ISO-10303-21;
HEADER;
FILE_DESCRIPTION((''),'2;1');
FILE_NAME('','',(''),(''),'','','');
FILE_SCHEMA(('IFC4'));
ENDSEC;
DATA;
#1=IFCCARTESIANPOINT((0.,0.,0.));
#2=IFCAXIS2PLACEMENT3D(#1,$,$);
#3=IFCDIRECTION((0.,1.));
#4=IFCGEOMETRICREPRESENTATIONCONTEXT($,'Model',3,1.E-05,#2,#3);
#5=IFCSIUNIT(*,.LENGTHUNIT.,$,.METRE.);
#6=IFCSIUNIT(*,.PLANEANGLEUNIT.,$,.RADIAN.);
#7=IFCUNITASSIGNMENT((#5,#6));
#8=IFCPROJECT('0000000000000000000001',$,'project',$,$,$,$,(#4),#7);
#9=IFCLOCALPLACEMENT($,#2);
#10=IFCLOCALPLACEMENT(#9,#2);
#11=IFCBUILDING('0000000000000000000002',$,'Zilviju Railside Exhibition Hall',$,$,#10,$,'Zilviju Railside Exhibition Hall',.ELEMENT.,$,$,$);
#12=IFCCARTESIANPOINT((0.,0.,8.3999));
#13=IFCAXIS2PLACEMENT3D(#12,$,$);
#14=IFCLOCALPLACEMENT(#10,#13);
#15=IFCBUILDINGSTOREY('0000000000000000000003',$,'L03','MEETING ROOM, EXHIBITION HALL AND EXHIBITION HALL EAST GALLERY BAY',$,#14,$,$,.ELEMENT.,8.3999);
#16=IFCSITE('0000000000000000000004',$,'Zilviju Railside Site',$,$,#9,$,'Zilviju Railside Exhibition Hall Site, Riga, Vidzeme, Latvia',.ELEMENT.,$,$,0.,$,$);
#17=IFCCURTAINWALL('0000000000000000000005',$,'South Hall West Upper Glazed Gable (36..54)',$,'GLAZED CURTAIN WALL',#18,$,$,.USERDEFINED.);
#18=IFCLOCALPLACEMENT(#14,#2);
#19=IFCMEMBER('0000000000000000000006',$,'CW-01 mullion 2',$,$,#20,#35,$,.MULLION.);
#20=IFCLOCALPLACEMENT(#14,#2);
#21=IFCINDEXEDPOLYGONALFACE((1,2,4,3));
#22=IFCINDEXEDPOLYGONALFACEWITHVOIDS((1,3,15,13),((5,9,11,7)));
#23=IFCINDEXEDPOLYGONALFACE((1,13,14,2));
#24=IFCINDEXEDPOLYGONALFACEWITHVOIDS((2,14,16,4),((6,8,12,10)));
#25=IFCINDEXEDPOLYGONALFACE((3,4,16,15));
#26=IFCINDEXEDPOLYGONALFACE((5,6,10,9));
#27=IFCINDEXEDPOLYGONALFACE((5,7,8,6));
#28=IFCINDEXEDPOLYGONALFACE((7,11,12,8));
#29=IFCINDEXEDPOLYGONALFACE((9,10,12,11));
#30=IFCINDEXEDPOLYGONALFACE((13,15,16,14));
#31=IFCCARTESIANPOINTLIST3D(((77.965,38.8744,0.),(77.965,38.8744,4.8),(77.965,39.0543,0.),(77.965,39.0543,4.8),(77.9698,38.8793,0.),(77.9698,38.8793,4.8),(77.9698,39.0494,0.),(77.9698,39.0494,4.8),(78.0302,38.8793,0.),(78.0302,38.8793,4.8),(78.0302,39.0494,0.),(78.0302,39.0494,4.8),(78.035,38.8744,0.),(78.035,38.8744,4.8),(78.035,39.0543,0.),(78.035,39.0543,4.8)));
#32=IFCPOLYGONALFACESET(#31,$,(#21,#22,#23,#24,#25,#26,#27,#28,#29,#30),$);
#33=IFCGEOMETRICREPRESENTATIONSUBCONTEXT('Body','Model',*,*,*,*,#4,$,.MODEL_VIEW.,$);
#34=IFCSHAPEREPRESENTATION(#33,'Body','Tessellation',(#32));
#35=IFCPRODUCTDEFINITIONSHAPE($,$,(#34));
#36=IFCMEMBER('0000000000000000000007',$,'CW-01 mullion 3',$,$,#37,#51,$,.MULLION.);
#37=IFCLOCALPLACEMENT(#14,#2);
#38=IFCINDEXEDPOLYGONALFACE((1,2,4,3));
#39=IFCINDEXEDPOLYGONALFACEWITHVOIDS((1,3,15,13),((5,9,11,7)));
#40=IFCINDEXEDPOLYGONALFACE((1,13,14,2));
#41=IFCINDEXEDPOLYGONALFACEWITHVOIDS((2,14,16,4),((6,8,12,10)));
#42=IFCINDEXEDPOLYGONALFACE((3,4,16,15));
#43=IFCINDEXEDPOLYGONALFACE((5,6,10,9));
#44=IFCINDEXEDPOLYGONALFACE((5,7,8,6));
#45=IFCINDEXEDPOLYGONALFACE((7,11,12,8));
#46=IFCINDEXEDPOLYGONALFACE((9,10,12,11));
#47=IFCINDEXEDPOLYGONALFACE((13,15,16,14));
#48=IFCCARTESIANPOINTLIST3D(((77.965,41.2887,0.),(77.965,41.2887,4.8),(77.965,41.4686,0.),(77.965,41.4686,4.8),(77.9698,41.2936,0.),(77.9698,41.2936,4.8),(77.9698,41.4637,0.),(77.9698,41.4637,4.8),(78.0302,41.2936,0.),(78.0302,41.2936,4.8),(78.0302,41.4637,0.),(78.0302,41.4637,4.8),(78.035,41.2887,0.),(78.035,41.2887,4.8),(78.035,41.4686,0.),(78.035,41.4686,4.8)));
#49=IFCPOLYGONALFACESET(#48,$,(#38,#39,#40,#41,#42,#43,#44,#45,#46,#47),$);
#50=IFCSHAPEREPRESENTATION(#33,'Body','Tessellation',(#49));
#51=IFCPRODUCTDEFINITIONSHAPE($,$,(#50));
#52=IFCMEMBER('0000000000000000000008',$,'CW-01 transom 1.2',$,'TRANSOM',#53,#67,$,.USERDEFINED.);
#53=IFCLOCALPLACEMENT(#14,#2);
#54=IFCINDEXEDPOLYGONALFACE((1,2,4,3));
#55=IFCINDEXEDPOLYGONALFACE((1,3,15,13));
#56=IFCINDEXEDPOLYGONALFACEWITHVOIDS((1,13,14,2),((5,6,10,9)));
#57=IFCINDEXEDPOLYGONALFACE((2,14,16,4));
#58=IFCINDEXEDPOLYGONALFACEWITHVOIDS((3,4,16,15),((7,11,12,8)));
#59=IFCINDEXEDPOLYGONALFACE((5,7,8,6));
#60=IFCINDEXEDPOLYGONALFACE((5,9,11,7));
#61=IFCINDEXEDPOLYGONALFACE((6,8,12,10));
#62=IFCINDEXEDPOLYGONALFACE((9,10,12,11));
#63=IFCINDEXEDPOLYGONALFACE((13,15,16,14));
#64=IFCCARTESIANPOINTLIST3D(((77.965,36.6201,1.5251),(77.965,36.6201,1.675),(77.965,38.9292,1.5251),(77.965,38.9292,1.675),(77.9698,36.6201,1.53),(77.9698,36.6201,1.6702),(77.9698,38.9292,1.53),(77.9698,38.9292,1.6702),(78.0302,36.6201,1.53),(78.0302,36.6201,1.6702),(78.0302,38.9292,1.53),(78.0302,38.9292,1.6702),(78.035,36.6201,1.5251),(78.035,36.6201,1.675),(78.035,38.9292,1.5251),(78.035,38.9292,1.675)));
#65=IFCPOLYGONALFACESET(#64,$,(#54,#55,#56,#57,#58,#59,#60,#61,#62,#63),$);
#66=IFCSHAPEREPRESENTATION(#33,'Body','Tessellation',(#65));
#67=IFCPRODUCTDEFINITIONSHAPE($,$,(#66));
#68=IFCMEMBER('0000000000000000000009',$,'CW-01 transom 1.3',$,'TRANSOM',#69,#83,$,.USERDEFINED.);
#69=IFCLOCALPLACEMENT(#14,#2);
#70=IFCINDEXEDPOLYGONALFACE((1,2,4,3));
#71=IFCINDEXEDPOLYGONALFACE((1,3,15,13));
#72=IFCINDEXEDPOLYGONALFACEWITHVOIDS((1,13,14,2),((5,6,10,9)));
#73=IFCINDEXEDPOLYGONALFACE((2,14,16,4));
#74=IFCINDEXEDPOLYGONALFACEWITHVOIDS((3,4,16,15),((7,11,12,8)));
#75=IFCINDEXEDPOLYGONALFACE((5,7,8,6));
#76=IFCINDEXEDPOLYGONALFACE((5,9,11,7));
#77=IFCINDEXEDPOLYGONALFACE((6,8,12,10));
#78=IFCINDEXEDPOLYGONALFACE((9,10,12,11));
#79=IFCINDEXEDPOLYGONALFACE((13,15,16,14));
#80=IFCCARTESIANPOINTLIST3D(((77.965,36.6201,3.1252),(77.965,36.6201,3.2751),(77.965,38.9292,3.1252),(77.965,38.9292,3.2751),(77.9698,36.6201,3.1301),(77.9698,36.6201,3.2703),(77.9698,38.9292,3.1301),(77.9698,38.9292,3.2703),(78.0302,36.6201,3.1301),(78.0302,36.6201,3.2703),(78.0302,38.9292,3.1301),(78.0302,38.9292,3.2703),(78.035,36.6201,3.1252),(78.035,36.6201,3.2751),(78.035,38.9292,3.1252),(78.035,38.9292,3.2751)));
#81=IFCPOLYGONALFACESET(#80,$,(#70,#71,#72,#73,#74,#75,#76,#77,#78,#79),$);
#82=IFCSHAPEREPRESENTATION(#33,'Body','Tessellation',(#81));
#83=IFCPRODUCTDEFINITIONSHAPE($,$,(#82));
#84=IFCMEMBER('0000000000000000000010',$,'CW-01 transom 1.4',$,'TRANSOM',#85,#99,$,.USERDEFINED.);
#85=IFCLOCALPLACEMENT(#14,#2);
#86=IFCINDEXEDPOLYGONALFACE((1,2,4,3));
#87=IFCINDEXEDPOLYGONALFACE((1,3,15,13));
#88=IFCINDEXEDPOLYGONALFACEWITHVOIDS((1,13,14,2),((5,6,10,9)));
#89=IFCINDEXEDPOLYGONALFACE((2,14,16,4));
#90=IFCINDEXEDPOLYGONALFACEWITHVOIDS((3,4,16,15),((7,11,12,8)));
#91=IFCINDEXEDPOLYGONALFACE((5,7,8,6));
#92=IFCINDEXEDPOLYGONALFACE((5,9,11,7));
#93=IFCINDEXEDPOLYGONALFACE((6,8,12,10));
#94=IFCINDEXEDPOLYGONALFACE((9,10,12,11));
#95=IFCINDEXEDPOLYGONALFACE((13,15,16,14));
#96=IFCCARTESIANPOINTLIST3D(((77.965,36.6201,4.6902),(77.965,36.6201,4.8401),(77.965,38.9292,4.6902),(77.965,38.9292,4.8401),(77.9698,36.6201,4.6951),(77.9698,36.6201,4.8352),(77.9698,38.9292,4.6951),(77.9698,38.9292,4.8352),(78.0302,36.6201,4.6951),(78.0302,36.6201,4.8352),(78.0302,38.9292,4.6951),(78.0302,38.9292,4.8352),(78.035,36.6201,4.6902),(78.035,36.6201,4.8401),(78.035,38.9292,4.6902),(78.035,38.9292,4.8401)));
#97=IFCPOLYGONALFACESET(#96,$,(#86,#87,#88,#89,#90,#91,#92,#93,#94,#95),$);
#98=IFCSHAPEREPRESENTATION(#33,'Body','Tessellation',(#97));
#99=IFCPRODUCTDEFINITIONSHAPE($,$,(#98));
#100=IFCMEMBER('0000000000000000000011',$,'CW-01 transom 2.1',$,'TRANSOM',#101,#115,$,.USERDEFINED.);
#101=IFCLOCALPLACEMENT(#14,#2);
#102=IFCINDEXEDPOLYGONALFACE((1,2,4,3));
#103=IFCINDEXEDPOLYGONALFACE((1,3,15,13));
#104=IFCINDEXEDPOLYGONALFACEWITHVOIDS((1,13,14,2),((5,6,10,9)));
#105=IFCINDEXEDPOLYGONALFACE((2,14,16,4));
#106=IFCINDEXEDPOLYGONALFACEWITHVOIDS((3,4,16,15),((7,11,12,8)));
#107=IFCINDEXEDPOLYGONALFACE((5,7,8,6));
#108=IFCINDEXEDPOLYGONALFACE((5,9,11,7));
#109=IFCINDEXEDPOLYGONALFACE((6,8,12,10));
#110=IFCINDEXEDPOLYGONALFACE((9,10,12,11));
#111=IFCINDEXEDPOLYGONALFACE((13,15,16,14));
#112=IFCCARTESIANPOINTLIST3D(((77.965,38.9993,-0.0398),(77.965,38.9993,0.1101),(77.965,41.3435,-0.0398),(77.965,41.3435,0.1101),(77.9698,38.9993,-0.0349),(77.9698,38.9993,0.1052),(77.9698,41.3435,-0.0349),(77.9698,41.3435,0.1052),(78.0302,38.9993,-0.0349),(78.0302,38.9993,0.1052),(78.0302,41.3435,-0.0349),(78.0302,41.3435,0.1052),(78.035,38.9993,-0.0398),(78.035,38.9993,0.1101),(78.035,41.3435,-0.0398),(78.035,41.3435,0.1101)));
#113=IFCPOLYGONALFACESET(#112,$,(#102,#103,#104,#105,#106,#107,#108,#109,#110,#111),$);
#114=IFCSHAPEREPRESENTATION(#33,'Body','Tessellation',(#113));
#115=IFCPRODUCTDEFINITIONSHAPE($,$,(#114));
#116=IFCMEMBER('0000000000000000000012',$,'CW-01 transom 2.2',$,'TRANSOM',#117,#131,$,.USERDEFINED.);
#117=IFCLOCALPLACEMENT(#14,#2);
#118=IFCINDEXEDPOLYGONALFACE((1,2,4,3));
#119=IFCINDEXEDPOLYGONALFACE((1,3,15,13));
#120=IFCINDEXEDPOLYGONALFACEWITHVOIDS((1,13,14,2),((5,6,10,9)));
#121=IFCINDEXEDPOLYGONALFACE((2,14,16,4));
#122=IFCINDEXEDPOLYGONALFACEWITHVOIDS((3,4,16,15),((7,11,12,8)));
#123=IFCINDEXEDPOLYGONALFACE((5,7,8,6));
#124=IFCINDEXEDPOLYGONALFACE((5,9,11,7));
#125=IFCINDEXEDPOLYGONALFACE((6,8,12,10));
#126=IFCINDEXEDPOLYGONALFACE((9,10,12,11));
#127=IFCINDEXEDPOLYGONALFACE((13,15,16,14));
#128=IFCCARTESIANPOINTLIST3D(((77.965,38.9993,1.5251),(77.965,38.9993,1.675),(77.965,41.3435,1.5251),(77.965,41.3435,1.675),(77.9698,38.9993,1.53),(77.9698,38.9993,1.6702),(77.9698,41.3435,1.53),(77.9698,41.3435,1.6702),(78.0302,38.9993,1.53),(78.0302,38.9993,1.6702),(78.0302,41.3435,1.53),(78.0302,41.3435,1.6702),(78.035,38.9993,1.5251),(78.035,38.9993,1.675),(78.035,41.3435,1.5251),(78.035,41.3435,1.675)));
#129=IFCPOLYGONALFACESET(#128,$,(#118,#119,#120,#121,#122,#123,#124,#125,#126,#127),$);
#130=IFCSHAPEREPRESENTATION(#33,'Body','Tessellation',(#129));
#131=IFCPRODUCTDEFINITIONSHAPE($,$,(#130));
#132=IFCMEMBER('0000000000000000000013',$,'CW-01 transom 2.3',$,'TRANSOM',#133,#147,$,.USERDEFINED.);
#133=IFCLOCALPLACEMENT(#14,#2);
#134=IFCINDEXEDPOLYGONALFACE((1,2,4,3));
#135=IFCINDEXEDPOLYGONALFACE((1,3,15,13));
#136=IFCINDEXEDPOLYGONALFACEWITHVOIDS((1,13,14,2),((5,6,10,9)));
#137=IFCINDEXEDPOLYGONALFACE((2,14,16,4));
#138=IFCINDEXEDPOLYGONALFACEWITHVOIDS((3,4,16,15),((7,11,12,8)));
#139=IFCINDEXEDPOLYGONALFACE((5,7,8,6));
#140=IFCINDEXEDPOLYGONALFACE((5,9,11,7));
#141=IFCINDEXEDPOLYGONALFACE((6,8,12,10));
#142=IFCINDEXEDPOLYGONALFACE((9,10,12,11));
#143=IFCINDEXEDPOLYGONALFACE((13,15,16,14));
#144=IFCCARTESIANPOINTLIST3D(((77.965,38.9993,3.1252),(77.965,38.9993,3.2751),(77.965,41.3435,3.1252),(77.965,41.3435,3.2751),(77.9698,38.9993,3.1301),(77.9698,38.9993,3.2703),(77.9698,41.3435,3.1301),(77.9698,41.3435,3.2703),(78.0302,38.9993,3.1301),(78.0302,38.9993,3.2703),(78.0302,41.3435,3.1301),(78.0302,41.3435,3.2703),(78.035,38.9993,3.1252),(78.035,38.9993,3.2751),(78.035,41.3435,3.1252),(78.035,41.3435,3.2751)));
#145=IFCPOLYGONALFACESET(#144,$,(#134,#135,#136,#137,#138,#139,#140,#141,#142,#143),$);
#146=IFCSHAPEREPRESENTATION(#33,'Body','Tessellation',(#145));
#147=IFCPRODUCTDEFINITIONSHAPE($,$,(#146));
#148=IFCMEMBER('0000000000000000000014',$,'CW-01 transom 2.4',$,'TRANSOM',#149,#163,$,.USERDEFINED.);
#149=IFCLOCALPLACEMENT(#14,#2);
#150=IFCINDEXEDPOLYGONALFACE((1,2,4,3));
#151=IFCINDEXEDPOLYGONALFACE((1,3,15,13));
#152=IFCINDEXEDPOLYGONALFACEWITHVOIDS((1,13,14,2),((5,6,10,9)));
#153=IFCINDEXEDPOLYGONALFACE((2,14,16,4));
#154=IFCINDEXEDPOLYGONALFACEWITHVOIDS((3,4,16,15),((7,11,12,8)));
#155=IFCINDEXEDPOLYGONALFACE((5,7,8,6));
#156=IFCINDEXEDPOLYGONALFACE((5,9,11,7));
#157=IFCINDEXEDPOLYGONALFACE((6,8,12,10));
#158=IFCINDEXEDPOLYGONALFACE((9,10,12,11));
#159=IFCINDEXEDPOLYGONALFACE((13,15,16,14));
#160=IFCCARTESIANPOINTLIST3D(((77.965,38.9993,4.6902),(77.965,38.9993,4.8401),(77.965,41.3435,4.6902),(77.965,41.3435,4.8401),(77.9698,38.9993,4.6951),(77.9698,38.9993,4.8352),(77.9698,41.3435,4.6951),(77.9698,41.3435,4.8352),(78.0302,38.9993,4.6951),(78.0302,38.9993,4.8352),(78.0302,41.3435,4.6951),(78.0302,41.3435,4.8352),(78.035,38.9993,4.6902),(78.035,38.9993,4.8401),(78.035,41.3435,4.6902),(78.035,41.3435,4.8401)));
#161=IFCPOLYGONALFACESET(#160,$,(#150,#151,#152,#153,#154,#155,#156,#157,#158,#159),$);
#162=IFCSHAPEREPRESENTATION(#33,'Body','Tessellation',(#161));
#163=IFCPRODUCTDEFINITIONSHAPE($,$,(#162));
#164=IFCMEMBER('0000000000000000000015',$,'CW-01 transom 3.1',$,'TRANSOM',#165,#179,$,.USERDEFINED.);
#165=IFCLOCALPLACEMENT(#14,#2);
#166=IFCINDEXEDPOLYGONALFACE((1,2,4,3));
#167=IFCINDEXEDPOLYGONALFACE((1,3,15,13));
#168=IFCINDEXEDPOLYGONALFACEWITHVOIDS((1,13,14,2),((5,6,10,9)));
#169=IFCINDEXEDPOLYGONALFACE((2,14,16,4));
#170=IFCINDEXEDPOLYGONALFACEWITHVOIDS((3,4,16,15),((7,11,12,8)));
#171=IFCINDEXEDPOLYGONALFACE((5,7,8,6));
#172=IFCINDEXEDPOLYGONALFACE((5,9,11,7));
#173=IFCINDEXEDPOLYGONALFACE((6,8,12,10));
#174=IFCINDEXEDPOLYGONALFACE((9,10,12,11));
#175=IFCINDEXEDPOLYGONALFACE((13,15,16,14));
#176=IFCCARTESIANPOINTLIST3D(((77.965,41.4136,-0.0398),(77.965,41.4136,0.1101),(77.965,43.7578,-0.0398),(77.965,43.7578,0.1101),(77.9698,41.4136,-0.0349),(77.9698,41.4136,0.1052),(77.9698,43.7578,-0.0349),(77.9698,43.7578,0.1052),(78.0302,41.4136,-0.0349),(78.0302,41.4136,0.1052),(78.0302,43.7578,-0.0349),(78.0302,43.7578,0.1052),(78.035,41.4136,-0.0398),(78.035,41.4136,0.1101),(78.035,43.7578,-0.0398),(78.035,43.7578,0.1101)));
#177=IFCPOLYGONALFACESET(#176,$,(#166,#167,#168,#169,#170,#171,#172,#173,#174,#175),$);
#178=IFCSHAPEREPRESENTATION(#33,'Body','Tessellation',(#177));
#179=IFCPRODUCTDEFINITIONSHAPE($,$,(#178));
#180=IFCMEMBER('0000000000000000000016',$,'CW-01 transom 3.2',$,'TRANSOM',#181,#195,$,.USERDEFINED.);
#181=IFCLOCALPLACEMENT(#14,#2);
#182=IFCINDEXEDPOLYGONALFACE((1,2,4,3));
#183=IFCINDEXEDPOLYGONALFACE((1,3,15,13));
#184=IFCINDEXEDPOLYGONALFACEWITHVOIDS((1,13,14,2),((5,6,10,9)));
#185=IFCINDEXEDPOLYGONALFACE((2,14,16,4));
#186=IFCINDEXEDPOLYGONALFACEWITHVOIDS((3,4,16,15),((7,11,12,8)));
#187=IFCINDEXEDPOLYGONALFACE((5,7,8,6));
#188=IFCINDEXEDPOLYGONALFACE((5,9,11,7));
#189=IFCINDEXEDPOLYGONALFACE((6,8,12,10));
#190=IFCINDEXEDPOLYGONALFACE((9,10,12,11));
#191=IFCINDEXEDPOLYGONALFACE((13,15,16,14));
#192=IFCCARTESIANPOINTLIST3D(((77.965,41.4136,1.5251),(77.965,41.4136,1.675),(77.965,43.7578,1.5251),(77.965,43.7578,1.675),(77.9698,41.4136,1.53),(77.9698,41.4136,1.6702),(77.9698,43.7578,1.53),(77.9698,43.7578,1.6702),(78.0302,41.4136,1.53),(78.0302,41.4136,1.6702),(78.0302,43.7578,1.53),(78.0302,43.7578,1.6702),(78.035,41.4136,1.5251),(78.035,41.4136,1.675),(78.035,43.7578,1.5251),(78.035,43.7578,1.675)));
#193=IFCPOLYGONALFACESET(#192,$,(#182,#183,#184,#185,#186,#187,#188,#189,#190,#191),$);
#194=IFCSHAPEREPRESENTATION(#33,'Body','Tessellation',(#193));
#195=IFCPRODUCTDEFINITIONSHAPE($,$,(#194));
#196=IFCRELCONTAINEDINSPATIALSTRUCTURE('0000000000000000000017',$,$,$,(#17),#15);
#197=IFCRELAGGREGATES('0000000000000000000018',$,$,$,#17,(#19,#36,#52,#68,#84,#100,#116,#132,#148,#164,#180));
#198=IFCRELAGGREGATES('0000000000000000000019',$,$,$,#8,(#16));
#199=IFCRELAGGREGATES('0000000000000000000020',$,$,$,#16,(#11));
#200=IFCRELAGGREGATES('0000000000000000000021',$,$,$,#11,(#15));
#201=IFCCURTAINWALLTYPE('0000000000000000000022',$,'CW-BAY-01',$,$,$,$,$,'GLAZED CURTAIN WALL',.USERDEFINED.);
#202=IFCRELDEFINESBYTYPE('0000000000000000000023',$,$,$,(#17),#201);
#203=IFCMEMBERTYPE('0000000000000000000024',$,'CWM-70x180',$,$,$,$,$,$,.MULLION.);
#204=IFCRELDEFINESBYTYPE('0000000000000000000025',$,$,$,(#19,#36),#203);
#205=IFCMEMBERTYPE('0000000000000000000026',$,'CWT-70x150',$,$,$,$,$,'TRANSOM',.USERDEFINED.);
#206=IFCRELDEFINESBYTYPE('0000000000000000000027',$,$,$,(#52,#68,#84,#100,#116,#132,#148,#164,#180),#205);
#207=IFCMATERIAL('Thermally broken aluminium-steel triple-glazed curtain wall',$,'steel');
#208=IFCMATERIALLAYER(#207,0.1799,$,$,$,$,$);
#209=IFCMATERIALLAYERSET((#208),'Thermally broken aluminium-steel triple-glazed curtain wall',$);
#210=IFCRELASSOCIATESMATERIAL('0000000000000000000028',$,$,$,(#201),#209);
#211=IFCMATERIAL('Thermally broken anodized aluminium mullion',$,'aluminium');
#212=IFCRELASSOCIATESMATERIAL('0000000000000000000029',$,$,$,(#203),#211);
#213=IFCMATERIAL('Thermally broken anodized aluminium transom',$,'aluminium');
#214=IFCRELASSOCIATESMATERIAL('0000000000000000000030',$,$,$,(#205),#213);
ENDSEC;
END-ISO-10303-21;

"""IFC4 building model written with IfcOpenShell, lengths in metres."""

from ifc_helpers import new_model, si_unit, direction, frame, origin, origin_2d, place, context, subcontext, project, spatial, hollow_rectangle, extrude, material, layer, layer_set, material_profile, profile_set, type_object, element, aggregate, save


model = new_model("IFC4")

# Units and contexts
model_context = context("Model", 3, precision=1e-05, world=origin(), true_north=direction((0.0, 1.0)))
body_context = subcontext(model_context, "Body", "Model", "MODEL_VIEW")
ifc_project = project(units=[si_unit("LENGTHUNIT", "METRE"), si_unit("PLANEANGLEUNIT", "RADIAN")], contexts=[model_context])

# Site, building, storey
site_placement = place(None, origin())
site = spatial("IfcSite", under=ifc_project, at=site_placement, Name="Zilviju Railside Site", LongName="Zilviju Railside Exhibition Hall Site, Riga, Vidzeme, Latvia", CompositionType="ELEMENT", RefElevation=0.0)
building_placement = place(site_placement, origin())
building = spatial("IfcBuilding", under=site, at=building_placement, Name="Zilviju Railside Exhibition Hall", LongName="Zilviju Railside Exhibition Hall", CompositionType="ELEMENT")
storey_placement = place(building_placement, frame((0.0, 0.0, 8.3999)))
storey = spatial("IfcBuildingStorey", under=building, at=storey_placement, Name="L03", Description="MEETING ROOM, EXHIBITION HALL AND EXHIBITION HALL EAST GALLERY BAY", CompositionType="ELEMENT", Elevation=8.3999)

# Curtain wall, members
ifc_material_1 = material(Name="Thermally broken aluminium-steel triple-glazed curtain wall", Category="steel")
ifc_layer_1 = layer(ifc_material_1, 0.1799)
ifc_layer_set_1 = layer_set([ifc_layer_1], Name="Thermally broken aluminium-steel triple-glazed curtain wall")
curtain_wall_type = type_object("IfcCurtainWallType", Name="CW-BAY-01", ElementType="GLAZED CURTAIN WALL", PredefinedType="USERDEFINED", material=ifc_layer_set_1)
curtain_wall_placement = place(storey_placement, origin())
curtain_wall = element("IfcCurtainWall", 1, at=curtain_wall_placement, inside=storey, type_object=curtain_wall_type, Name="South Hall West Upper Glazed Gable (36..54)", ObjectType="GLAZED CURTAIN WALL", PredefinedType="USERDEFINED")
ifc_material_2 = material(Name="Thermally broken anodized aluminium mullion", Category="aluminium")
ifc_material_profile_1 = material_profile(ifc_material_2, hollow_rectangle(XDim=0.0701, YDim=0.1799, WallThickness=0.0049, at=origin_2d()), Name="MULLION 180x70x5")
ifc_profile_set_1 = profile_set([ifc_material_profile_1], Name="Thermally broken anodized aluminium mullion")
member_type_1 = type_object("IfcMemberType", Name="CWM-70x180", PredefinedType="MULLION", material=ifc_profile_set_1)
member_1_placement = place(storey_placement, frame((78.0, 38.9644, 0.0), z_axis=(0.0, 0.0, 1.0), x_axis=(-1.0, 0.0, 0.0)))
member_1 = element("IfcMember", 2, at=member_1_placement, type_object=member_type_1, Name="CW-01 mullion 2", PredefinedType="MULLION", context=body_context, shape_type="SweptSolid", body=[
    extrude(hollow_rectangle(XDim=0.0701, YDim=0.1799, WallThickness=0.0049, at=origin_2d()), origin(), (0.0, 0.0, 1.0), 4.8),
])
member_2_placement = place(storey_placement, frame((78.0, 41.3787, 0.0), z_axis=(0.0, 0.0, 1.0), x_axis=(-1.0, 0.0, 0.0)))
member_2 = element("IfcMember", 3, at=member_2_placement, type_object=member_type_1, Name="CW-01 mullion 3", PredefinedType="MULLION", context=body_context, shape_type="SweptSolid", body=[
    extrude(hollow_rectangle(XDim=0.0701, YDim=0.1799, WallThickness=0.0049, at=origin_2d()), origin(), (0.0, 0.0, 1.0), 4.8),
])
ifc_material_3 = material(Name="Thermally broken anodized aluminium transom", Category="aluminium")
ifc_material_profile_2 = material_profile(ifc_material_3, hollow_rectangle(XDim=0.0701, YDim=0.1499, WallThickness=0.0049, at=origin_2d()), Name="TRANSOM 150x70x5")
ifc_profile_set_2 = profile_set([ifc_material_profile_2], Name="Thermally broken anodized aluminium transom")
member_type_2 = type_object("IfcMemberType", Name="CWT-70x150", ElementType="TRANSOM", PredefinedType="USERDEFINED", material=ifc_profile_set_2)
member_3_placement = place(storey_placement, frame((78.0, 36.6201, 1.6001), z_axis=(0.0, 1.0, 0.0), x_axis=(-1.0, 0.0, 0.0)))
member_3 = element("IfcMember", 4, at=member_3_placement, type_object=member_type_2, Name="CW-01 transom 1.2", ObjectType="TRANSOM", PredefinedType="USERDEFINED", context=body_context, shape_type="SweptSolid", body=[
    extrude(hollow_rectangle(XDim=0.0701, YDim=0.1499, WallThickness=0.0049, at=origin_2d()), origin(), (0.0, 0.0, 1.0), 2.3091),
])
member_4_placement = place(storey_placement, frame((78.0, 36.6201, 3.2002), z_axis=(0.0, 1.0, 0.0), x_axis=(-1.0, 0.0, 0.0)))
member_4 = element("IfcMember", 5, at=member_4_placement, type_object=member_type_2, Name="CW-01 transom 1.3", ObjectType="TRANSOM", PredefinedType="USERDEFINED", context=body_context, shape_type="SweptSolid", body=[
    extrude(hollow_rectangle(XDim=0.0701, YDim=0.1499, WallThickness=0.0049, at=origin_2d()), origin(), (0.0, 0.0, 1.0), 2.3091),
])
member_5_placement = place(storey_placement, frame((78.0, 36.6201, 4.7651), z_axis=(0.0, 1.0, 0.0), x_axis=(-1.0, 0.0, 0.0)))
member_5 = element("IfcMember", 6, at=member_5_placement, type_object=member_type_2, Name="CW-01 transom 1.4", ObjectType="TRANSOM", PredefinedType="USERDEFINED", context=body_context, shape_type="SweptSolid", body=[
    extrude(hollow_rectangle(XDim=0.0701, YDim=0.1499, WallThickness=0.0049, at=origin_2d()), origin(), (0.0, 0.0, 1.0), 2.3091),
])
member_6_placement = place(storey_placement, frame((78.0, 38.9993, 0.0352), z_axis=(0.0, 1.0, 0.0), x_axis=(-1.0, 0.0, 0.0)))
member_6 = element("IfcMember", 7, at=member_6_placement, type_object=member_type_2, Name="CW-01 transom 2.1", ObjectType="TRANSOM", PredefinedType="USERDEFINED", context=body_context, shape_type="SweptSolid", body=[
    extrude(hollow_rectangle(XDim=0.0701, YDim=0.1499, WallThickness=0.0049, at=origin_2d()), origin(), (0.0, 0.0, 1.0), 2.3442),
])
member_7_placement = place(storey_placement, frame((78.0, 38.9993, 1.6001), z_axis=(0.0, 1.0, 0.0), x_axis=(-1.0, 0.0, 0.0)))
member_7 = element("IfcMember", 8, at=member_7_placement, type_object=member_type_2, Name="CW-01 transom 2.2", ObjectType="TRANSOM", PredefinedType="USERDEFINED", context=body_context, shape_type="SweptSolid", body=[
    extrude(hollow_rectangle(XDim=0.0701, YDim=0.1499, WallThickness=0.0049, at=origin_2d()), origin(), (0.0, 0.0, 1.0), 2.3442),
])
member_8_placement = place(storey_placement, frame((78.0, 38.9993, 3.2002), z_axis=(0.0, 1.0, 0.0), x_axis=(-1.0, 0.0, 0.0)))
member_8 = element("IfcMember", 9, at=member_8_placement, type_object=member_type_2, Name="CW-01 transom 2.3", ObjectType="TRANSOM", PredefinedType="USERDEFINED", context=body_context, shape_type="SweptSolid", body=[
    extrude(hollow_rectangle(XDim=0.0701, YDim=0.1499, WallThickness=0.0049, at=origin_2d()), origin(), (0.0, 0.0, 1.0), 2.3442),
])
member_9_placement = place(storey_placement, frame((78.0, 38.9993, 4.7651), z_axis=(0.0, 1.0, 0.0), x_axis=(-1.0, 0.0, 0.0)))
member_9 = element("IfcMember", 10, at=member_9_placement, type_object=member_type_2, Name="CW-01 transom 2.4", ObjectType="TRANSOM", PredefinedType="USERDEFINED", context=body_context, shape_type="SweptSolid", body=[
    extrude(hollow_rectangle(XDim=0.0701, YDim=0.1499, WallThickness=0.0049, at=origin_2d()), origin(), (0.0, 0.0, 1.0), 2.3442),
])
member_10_placement = place(storey_placement, frame((78.0, 41.4136, 0.0352), z_axis=(0.0, 1.0, 0.0), x_axis=(-1.0, 0.0, 0.0)))
member_10 = element("IfcMember", 11, at=member_10_placement, type_object=member_type_2, Name="CW-01 transom 3.1", ObjectType="TRANSOM", PredefinedType="USERDEFINED", context=body_context, shape_type="SweptSolid", body=[
    extrude(hollow_rectangle(XDim=0.0701, YDim=0.1499, WallThickness=0.0049, at=origin_2d()), origin(), (0.0, 0.0, 1.0), 2.3442),
])
member_11_placement = place(storey_placement, frame((78.0, 41.4136, 1.6001), z_axis=(0.0, 1.0, 0.0), x_axis=(-1.0, 0.0, 0.0)))
member_11 = element("IfcMember", 12, at=member_11_placement, type_object=member_type_2, Name="CW-01 transom 3.2", ObjectType="TRANSOM", PredefinedType="USERDEFINED", context=body_context, shape_type="SweptSolid", body=[
    extrude(hollow_rectangle(XDim=0.0701, YDim=0.1499, WallThickness=0.0049, at=origin_2d()), origin(), (0.0, 0.0, 1.0), 2.3442),
])
aggregate(curtain_wall, [member_1, member_2, member_3, member_4, member_5, member_6, member_7, member_8, member_9, member_10, member_11])

save(model, "model.ifc")
